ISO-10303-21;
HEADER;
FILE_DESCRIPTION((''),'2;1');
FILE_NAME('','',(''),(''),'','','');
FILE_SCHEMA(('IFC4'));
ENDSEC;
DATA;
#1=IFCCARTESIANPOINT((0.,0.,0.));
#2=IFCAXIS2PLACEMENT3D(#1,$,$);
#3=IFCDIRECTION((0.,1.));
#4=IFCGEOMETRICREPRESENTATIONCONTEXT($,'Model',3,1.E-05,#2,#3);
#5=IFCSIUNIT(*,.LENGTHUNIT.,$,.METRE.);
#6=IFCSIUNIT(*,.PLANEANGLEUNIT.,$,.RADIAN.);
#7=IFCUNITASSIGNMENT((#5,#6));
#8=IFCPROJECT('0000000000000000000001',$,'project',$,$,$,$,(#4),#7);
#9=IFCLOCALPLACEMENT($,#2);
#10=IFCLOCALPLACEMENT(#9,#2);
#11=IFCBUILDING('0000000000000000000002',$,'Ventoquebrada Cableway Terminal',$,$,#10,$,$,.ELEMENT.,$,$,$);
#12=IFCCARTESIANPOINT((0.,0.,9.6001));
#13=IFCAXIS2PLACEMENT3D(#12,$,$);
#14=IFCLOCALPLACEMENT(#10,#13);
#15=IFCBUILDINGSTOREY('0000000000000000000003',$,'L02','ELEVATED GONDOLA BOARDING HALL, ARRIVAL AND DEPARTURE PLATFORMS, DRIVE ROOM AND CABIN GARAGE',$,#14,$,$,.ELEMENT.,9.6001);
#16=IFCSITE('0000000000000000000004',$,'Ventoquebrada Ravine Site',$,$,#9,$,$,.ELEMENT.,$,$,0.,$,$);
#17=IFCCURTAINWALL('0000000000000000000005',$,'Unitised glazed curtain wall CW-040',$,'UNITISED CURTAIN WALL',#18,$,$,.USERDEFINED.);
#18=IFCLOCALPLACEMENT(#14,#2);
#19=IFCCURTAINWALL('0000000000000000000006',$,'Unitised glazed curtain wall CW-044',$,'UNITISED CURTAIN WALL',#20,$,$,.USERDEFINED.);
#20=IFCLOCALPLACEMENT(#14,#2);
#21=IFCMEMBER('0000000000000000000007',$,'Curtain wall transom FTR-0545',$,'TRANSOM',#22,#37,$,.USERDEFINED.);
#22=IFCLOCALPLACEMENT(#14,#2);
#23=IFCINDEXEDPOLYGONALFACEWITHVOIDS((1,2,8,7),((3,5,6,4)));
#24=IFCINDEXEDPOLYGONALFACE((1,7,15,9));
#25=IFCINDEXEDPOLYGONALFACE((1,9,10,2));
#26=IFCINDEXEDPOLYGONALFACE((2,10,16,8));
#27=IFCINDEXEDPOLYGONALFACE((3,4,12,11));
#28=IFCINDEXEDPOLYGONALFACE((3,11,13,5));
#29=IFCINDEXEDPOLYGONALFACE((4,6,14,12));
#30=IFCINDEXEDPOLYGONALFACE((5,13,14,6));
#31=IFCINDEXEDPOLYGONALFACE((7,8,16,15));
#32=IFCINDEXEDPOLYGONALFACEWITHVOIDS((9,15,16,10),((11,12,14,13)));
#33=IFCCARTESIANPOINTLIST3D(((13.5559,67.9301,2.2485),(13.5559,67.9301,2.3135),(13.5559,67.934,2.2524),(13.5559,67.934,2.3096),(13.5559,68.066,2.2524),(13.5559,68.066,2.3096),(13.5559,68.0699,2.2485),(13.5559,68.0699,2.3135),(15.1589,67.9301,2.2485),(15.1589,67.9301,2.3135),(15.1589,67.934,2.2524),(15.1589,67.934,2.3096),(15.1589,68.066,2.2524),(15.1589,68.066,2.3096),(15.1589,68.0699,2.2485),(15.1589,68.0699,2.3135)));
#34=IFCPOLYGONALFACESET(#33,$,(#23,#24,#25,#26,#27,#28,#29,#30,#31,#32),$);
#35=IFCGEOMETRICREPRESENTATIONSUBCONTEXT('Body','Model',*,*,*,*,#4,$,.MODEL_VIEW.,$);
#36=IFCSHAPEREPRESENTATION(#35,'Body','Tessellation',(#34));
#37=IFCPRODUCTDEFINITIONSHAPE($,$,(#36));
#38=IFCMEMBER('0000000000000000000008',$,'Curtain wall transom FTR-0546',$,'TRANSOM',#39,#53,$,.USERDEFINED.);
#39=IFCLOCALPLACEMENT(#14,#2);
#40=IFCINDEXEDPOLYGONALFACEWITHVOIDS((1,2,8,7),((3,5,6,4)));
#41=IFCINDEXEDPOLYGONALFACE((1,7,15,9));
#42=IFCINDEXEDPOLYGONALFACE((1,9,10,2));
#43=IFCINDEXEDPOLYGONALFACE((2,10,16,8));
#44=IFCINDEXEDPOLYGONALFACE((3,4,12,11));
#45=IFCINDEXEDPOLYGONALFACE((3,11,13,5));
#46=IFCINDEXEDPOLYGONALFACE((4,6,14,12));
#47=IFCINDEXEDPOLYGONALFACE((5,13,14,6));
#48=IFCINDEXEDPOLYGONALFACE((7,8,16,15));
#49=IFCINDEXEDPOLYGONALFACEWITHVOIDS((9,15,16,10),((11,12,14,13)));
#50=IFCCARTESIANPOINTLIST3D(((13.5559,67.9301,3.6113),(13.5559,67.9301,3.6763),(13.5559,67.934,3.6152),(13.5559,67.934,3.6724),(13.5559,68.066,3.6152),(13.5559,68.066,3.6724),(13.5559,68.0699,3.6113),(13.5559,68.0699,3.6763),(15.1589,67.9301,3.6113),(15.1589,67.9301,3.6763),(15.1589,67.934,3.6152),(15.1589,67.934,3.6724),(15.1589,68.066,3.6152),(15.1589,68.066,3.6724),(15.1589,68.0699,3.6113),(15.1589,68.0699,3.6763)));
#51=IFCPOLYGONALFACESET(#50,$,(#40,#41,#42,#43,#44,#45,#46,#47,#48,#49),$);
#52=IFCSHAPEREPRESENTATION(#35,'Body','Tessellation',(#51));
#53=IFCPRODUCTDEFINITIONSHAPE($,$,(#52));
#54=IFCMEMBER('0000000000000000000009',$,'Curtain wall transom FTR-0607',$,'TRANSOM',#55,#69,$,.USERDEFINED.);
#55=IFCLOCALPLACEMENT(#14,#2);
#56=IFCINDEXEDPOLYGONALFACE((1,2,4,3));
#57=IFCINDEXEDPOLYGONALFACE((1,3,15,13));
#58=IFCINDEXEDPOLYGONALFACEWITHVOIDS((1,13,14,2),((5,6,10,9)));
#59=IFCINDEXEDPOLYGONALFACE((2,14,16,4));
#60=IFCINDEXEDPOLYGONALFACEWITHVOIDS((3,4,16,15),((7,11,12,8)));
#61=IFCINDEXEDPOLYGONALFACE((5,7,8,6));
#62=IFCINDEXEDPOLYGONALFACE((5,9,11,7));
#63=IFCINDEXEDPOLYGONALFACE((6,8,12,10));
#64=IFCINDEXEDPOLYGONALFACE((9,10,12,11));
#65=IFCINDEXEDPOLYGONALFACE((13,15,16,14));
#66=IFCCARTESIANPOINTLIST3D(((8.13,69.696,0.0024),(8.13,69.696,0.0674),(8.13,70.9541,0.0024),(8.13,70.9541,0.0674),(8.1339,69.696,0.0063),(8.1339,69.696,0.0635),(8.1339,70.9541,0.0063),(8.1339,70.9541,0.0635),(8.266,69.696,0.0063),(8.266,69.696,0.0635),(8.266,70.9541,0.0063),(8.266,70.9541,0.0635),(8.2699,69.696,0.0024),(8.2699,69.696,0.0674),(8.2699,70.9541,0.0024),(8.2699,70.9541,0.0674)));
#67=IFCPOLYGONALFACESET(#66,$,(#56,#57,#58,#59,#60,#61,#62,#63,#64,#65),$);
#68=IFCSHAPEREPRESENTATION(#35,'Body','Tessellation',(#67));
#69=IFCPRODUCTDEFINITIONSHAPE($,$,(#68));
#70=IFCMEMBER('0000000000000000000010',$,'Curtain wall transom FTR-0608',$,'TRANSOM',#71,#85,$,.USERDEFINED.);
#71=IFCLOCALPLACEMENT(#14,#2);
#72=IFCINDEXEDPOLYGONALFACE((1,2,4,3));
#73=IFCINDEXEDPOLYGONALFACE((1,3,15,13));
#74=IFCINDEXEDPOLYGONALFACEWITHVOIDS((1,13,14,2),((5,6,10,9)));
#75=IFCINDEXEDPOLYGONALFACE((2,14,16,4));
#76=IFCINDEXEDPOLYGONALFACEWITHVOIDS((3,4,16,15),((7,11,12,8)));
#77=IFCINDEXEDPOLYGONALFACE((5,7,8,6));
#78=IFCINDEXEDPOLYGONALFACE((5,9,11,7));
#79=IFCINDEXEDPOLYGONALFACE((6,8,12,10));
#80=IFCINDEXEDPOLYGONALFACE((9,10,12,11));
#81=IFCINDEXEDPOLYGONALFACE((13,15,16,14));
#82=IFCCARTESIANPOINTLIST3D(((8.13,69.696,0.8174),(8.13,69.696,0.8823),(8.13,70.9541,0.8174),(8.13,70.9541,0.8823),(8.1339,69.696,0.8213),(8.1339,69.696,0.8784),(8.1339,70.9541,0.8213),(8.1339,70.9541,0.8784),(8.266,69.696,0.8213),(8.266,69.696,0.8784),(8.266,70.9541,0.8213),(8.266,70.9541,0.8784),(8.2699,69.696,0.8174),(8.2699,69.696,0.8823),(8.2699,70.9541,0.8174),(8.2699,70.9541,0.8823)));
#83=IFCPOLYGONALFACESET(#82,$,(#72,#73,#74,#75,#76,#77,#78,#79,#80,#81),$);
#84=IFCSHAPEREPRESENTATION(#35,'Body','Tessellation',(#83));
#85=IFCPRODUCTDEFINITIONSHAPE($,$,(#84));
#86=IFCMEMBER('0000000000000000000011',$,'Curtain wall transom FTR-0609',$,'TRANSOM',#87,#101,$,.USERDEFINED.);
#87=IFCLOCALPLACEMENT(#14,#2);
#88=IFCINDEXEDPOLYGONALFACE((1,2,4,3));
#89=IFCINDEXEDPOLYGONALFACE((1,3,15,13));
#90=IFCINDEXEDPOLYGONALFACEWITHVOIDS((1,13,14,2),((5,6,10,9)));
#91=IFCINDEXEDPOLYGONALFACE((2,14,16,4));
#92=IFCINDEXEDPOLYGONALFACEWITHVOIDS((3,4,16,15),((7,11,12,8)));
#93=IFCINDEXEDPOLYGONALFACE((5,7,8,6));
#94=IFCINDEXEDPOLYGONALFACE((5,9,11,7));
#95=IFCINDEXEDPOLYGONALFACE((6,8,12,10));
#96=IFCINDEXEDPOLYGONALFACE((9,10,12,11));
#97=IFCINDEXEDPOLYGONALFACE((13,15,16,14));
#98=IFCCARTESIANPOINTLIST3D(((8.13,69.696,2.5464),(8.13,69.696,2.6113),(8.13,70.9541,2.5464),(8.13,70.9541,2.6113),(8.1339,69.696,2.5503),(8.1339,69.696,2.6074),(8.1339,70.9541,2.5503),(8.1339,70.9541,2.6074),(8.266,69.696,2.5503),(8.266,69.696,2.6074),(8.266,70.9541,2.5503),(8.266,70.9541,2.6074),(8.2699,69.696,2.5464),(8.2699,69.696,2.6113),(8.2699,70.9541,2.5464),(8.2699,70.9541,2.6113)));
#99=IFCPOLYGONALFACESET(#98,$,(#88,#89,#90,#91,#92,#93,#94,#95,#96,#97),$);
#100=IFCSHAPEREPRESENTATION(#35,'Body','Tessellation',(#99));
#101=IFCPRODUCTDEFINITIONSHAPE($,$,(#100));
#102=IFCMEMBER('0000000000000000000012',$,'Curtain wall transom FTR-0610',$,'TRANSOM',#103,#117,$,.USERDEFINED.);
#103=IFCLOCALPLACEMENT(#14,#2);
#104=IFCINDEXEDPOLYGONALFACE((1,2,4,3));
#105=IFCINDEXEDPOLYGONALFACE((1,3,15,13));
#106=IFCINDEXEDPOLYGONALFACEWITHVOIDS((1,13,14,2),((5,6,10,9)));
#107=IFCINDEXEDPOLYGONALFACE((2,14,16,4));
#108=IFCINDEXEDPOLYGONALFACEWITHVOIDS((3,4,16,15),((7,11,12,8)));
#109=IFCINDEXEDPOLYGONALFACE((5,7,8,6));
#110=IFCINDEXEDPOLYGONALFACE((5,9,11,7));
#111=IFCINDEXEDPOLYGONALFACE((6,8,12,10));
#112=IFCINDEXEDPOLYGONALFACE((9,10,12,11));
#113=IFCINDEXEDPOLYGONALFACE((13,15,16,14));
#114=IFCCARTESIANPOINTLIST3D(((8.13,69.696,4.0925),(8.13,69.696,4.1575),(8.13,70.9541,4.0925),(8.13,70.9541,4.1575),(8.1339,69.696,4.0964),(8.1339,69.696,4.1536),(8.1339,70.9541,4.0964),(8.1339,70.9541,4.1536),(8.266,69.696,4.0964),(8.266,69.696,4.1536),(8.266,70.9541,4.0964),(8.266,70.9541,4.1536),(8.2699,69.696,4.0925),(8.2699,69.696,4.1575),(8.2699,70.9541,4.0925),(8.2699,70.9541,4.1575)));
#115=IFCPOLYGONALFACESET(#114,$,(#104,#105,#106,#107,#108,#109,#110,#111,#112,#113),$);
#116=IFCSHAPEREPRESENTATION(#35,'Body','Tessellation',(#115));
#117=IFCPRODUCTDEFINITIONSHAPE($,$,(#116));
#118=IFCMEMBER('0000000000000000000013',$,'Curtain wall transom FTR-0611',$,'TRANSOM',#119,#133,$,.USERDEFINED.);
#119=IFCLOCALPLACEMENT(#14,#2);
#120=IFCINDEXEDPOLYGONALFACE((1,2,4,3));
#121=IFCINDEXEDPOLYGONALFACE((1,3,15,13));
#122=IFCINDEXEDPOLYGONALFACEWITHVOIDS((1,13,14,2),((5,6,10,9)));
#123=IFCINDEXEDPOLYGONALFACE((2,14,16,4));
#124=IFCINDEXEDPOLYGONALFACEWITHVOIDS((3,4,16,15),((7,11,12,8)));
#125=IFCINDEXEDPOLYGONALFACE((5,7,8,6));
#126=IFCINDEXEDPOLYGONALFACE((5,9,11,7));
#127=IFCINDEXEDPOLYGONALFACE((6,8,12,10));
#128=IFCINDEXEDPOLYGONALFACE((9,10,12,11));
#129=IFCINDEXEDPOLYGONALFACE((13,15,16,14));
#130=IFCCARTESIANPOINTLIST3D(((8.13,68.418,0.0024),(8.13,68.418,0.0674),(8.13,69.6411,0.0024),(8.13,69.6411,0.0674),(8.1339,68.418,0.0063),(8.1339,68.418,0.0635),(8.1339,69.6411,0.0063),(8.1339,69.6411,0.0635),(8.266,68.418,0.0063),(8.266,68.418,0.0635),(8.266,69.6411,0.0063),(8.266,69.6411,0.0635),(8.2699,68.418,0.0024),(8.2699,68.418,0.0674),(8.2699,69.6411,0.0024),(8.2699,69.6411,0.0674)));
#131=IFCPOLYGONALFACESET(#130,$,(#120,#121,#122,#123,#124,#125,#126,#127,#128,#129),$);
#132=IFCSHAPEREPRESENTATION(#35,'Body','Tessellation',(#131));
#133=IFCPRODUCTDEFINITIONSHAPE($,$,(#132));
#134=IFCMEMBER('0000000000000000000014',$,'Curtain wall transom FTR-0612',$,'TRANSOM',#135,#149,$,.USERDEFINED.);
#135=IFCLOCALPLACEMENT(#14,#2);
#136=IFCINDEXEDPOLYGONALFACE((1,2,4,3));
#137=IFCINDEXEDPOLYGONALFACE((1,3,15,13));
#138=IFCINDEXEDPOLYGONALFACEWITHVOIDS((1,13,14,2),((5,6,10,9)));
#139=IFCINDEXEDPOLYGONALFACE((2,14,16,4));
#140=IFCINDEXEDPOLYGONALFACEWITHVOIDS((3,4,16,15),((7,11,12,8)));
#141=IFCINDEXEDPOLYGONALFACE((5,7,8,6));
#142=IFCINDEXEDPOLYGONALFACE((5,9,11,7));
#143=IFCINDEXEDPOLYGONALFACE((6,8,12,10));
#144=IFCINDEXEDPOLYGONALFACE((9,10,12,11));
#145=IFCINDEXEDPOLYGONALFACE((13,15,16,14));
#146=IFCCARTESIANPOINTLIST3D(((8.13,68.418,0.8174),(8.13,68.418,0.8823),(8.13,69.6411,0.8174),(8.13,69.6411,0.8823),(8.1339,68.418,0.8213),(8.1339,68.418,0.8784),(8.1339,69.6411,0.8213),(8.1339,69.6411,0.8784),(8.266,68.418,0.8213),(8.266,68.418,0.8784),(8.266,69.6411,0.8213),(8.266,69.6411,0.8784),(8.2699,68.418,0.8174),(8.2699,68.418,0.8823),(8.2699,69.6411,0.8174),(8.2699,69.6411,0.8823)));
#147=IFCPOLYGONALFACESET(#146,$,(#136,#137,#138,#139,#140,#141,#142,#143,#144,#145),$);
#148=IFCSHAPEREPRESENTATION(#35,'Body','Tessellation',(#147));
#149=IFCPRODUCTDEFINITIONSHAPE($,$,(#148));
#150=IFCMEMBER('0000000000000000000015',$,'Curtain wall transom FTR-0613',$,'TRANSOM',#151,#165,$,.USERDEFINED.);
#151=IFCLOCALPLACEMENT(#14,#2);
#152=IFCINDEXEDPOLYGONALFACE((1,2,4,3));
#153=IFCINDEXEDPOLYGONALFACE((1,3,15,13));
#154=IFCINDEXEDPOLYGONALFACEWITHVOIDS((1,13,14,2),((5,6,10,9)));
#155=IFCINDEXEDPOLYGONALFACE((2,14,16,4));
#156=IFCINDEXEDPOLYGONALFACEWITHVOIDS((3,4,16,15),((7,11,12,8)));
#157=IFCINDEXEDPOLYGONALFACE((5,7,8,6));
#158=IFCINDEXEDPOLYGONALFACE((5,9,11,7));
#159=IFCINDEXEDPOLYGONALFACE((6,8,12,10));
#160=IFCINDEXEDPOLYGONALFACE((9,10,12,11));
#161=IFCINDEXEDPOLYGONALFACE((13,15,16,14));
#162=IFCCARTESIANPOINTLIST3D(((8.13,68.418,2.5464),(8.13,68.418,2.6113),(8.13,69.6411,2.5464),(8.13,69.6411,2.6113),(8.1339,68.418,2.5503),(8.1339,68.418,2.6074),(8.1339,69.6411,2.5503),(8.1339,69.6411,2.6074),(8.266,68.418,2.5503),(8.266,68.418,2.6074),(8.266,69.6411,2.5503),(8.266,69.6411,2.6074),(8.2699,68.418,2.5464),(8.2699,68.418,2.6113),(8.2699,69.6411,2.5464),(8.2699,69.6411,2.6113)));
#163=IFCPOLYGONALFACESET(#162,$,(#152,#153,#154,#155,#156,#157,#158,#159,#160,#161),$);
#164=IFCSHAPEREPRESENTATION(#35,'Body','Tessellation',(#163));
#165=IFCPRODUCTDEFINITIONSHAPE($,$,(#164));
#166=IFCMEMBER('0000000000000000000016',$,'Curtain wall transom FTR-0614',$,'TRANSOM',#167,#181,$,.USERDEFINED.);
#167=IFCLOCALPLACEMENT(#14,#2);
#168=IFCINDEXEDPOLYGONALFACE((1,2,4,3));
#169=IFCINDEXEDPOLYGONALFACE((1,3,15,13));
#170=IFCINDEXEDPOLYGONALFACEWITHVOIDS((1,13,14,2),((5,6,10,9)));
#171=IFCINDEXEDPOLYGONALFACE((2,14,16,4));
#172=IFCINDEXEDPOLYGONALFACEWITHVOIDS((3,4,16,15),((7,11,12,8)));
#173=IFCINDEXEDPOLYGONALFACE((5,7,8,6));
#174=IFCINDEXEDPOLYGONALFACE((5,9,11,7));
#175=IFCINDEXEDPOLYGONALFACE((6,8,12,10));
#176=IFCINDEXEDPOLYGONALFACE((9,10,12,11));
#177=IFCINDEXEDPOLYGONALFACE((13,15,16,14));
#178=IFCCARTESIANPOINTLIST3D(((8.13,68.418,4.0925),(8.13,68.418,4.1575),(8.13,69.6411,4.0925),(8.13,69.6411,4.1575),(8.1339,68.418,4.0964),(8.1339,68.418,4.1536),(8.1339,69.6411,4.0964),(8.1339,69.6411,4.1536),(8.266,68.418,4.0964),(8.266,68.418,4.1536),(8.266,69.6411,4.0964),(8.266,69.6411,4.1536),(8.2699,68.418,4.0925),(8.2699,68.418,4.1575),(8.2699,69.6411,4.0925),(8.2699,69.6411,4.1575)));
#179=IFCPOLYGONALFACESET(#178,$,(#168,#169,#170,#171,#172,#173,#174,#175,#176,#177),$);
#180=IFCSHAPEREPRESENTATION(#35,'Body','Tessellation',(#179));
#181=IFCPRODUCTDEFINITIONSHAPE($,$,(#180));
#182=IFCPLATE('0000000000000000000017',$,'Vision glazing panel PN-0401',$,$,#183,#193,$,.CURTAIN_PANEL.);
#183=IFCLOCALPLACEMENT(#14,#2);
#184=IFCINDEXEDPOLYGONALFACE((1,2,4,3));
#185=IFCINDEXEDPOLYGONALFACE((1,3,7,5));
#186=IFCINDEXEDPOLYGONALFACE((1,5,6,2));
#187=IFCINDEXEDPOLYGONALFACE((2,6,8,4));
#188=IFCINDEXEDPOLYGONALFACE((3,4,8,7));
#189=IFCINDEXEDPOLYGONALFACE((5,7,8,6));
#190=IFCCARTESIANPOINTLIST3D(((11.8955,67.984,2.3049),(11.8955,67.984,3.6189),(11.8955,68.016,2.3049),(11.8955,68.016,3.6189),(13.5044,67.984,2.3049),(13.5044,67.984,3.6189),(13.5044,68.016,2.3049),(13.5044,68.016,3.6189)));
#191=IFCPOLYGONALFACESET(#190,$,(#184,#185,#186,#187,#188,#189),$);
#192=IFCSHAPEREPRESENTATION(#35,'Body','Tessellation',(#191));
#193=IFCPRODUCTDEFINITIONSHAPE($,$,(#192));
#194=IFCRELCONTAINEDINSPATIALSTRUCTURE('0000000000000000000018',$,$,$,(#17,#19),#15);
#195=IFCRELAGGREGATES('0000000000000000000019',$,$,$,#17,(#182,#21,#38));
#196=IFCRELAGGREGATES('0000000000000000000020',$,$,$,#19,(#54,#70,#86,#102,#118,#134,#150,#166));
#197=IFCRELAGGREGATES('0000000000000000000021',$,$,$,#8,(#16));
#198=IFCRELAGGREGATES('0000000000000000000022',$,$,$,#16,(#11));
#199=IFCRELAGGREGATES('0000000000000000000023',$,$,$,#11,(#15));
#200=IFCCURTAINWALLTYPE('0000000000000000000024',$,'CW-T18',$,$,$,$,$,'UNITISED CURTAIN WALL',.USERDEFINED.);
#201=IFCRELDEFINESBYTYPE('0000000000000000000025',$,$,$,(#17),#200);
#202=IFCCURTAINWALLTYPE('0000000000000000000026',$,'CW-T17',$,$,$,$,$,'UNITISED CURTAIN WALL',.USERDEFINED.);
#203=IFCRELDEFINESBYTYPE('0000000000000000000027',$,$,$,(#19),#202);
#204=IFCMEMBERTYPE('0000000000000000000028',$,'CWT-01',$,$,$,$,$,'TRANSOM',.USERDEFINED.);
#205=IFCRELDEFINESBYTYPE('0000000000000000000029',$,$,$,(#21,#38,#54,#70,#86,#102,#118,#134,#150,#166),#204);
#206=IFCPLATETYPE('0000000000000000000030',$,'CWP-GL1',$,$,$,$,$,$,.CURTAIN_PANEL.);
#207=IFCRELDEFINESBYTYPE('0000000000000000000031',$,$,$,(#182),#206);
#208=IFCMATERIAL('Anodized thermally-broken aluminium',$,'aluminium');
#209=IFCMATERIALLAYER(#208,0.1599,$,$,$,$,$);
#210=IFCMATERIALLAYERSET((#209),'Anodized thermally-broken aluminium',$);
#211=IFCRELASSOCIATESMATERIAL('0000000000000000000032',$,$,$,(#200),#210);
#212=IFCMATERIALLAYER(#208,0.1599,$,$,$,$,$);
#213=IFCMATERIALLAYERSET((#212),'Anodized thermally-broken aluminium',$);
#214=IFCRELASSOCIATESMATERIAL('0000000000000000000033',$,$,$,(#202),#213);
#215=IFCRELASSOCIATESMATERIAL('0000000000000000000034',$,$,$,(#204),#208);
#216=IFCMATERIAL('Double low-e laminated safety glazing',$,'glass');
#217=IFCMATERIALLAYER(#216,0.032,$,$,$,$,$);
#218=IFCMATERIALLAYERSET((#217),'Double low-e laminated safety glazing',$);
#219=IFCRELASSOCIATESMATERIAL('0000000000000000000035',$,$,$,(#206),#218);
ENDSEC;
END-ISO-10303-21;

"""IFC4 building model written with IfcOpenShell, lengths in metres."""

from ifc_helpers import new_model, si_unit, direction, frame, origin, origin_2d, place, context, subcontext, project, spatial, rectangle, hollow_rectangle, extrude, material, layer, layer_set, material_profile, profile_set, type_object, element, aggregate, save


model = new_model("IFC4")

# Units and contexts
model_context = context("Model", 3, precision=1e-05, world=origin(), true_north=direction((0.0, 1.0)))
body_context = subcontext(model_context, "Body", "Model", "MODEL_VIEW")
ifc_project = project(units=[si_unit("LENGTHUNIT", "METRE"), si_unit("PLANEANGLEUNIT", "RADIAN")], contexts=[model_context])

# Site, building, storey
site_placement = place(None, origin())
site = spatial("IfcSite", under=ifc_project, at=site_placement, Name="Ventoquebrada Ravine Site", CompositionType="ELEMENT", RefElevation=0.0)
building_placement = place(site_placement, origin())
building = spatial("IfcBuilding", under=site, at=building_placement, Name="Ventoquebrada Cableway Terminal", CompositionType="ELEMENT")
storey_placement = place(building_placement, frame((0.0, 0.0, 9.6001)))
storey = spatial("IfcBuildingStorey", under=building, at=storey_placement, Name="L02", Description="ELEVATED GONDOLA BOARDING HALL, ARRIVAL AND DEPARTURE PLATFORMS, DRIVE ROOM AND CABIN GARAGE", CompositionType="ELEMENT", Elevation=9.6001)

# Curtain walls
ifc_material_1 = material(Name="Anodized thermally-broken aluminium", Category="aluminium")
ifc_layer_1 = layer(ifc_material_1, 0.1599)
ifc_layer_set_1 = layer_set([ifc_layer_1], Name="Anodized thermally-broken aluminium")
curtain_wall_type_1 = type_object("IfcCurtainWallType", Name="CW-T18", ElementType="UNITISED CURTAIN WALL", PredefinedType="USERDEFINED", material=ifc_layer_set_1)
curtain_wall_1_placement = place(storey_placement, origin())
curtain_wall_1 = element("IfcCurtainWall", 1, at=curtain_wall_1_placement, inside=storey, type_object=curtain_wall_type_1, Name="Unitised glazed curtain wall CW-040", ObjectType="UNITISED CURTAIN WALL", PredefinedType="USERDEFINED")
ifc_layer_2 = layer(ifc_material_1, 0.1599)
ifc_layer_set_2 = layer_set([ifc_layer_2], Name="Anodized thermally-broken aluminium")
curtain_wall_type_2 = type_object("IfcCurtainWallType", Name="CW-T17", ElementType="UNITISED CURTAIN WALL", PredefinedType="USERDEFINED", material=ifc_layer_set_2)
curtain_wall_2_placement = place(storey_placement, origin())
curtain_wall_2 = element("IfcCurtainWall", 2, at=curtain_wall_2_placement, inside=storey, type_object=curtain_wall_type_2, Name="Unitised glazed curtain wall CW-044", ObjectType="UNITISED CURTAIN WALL", PredefinedType="USERDEFINED")

# Members
ifc_material_profile_1 = material_profile(ifc_material_1, hollow_rectangle(XDim=0.0649, YDim=0.1399, WallThickness=0.0039, at=origin_2d()), Name="CW-TRN-65X140")
ifc_profile_set_1 = profile_set([ifc_material_profile_1], Name="Anodized thermally-broken aluminium")
member_type_1 = type_object("IfcMemberType", Name="CWT-01", ElementType="TRANSOM", PredefinedType="USERDEFINED", material=ifc_profile_set_1)
member_1_placement = place(storey_placement, frame((13.5559, 68.0, 2.281), z_axis=(1.0, 0.0, 0.0), x_axis=(0.0, 0.0, 1.0)))
member_1 = element("IfcMember", 3, at=member_1_placement, type_object=member_type_1, Name="Curtain wall transom FTR-0545", ObjectType="TRANSOM", PredefinedType="USERDEFINED", context=body_context, shape_type="SweptSolid", body=[
    extrude(hollow_rectangle(XDim=0.0649, YDim=0.1399, WallThickness=0.0039, at=origin_2d()), origin(), (0.0, 0.0, 1.0), 1.603),
])
member_2_placement = place(storey_placement, frame((13.5559, 68.0, 3.6438), z_axis=(1.0, 0.0, 0.0), x_axis=(0.0, 0.0, 1.0)))
member_2 = element("IfcMember", 4, at=member_2_placement, type_object=member_type_1, Name="Curtain wall transom FTR-0546", ObjectType="TRANSOM", PredefinedType="USERDEFINED", context=body_context, shape_type="SweptSolid", body=[
    extrude(hollow_rectangle(XDim=0.0649, YDim=0.1399, WallThickness=0.0039, at=origin_2d()), origin(), (0.0, 0.0, 1.0), 1.603),
])
member_3_placement = place(storey_placement, frame((8.2, 70.9541, 0.0349), z_axis=(0.0, -1.0, 0.0), x_axis=(0.0, 0.0, 1.0)))
member_3 = element("IfcMember", 5, at=member_3_placement, type_object=member_type_1, Name="Curtain wall transom FTR-0607", ObjectType="TRANSOM", PredefinedType="USERDEFINED", context=body_context, shape_type="SweptSolid", body=[
    extrude(hollow_rectangle(XDim=0.0649, YDim=0.1399, WallThickness=0.0039, at=origin_2d()), origin(), (0.0, 0.0, 1.0), 1.2581),
])
member_4_placement = place(storey_placement, frame((8.2, 70.9541, 0.8499), z_axis=(0.0, -1.0, 0.0), x_axis=(0.0, 0.0, 1.0)))
member_4 = element("IfcMember", 6, at=member_4_placement, type_object=member_type_1, Name="Curtain wall transom FTR-0608", ObjectType="TRANSOM", PredefinedType="USERDEFINED", context=body_context, shape_type="SweptSolid", body=[
    extrude(hollow_rectangle(XDim=0.0649, YDim=0.1399, WallThickness=0.0039, at=origin_2d()), origin(), (0.0, 0.0, 1.0), 1.2581),
])
member_5_placement = place(storey_placement, frame((8.2, 70.9541, 2.5789), z_axis=(0.0, -1.0, 0.0), x_axis=(0.0, 0.0, 1.0)))
member_5 = element("IfcMember", 7, at=member_5_placement, type_object=member_type_1, Name="Curtain wall transom FTR-0609", ObjectType="TRANSOM", PredefinedType="USERDEFINED", context=body_context, shape_type="SweptSolid", body=[
    extrude(hollow_rectangle(XDim=0.0649, YDim=0.1399, WallThickness=0.0039, at=origin_2d()), origin(), (0.0, 0.0, 1.0), 1.2581),
])
member_6_placement = place(storey_placement, frame((8.2, 70.9541, 4.125), z_axis=(0.0, -1.0, 0.0), x_axis=(0.0, 0.0, 1.0)))
member_6 = element("IfcMember", 8, at=member_6_placement, type_object=member_type_1, Name="Curtain wall transom FTR-0610", ObjectType="TRANSOM", PredefinedType="USERDEFINED", context=body_context, shape_type="SweptSolid", body=[
    extrude(hollow_rectangle(XDim=0.0649, YDim=0.1399, WallThickness=0.0039, at=origin_2d()), origin(), (0.0, 0.0, 1.0), 1.2581),
])
member_7_placement = place(storey_placement, frame((8.2, 69.6411, 0.0349), z_axis=(0.0, -1.0, 0.0), x_axis=(0.0, 0.0, 1.0)))
member_7 = element("IfcMember", 9, at=member_7_placement, type_object=member_type_1, Name="Curtain wall transom FTR-0611", ObjectType="TRANSOM", PredefinedType="USERDEFINED", context=body_context, shape_type="SweptSolid", body=[
    extrude(hollow_rectangle(XDim=0.0649, YDim=0.1399, WallThickness=0.0039, at=origin_2d()), origin(), (0.0, 0.0, 1.0), 1.2231),
])
member_8_placement = place(storey_placement, frame((8.2, 69.6411, 0.8499), z_axis=(0.0, -1.0, 0.0), x_axis=(0.0, 0.0, 1.0)))
member_8 = element("IfcMember", 10, at=member_8_placement, type_object=member_type_1, Name="Curtain wall transom FTR-0612", ObjectType="TRANSOM", PredefinedType="USERDEFINED", context=body_context, shape_type="SweptSolid", body=[
    extrude(hollow_rectangle(XDim=0.0649, YDim=0.1399, WallThickness=0.0039, at=origin_2d()), origin(), (0.0, 0.0, 1.0), 1.2231),
])
member_9_placement = place(storey_placement, frame((8.2, 69.6411, 2.5789), z_axis=(0.0, -1.0, 0.0), x_axis=(0.0, 0.0, 1.0)))
member_9 = element("IfcMember", 11, at=member_9_placement, type_object=member_type_1, Name="Curtain wall transom FTR-0613", ObjectType="TRANSOM", PredefinedType="USERDEFINED", context=body_context, shape_type="SweptSolid", body=[
    extrude(hollow_rectangle(XDim=0.0649, YDim=0.1399, WallThickness=0.0039, at=origin_2d()), origin(), (0.0, 0.0, 1.0), 1.2231),
])
member_10_placement = place(storey_placement, frame((8.2, 69.6411, 4.125), z_axis=(0.0, -1.0, 0.0), x_axis=(0.0, 0.0, 1.0)))
member_10 = element("IfcMember", 12, at=member_10_placement, type_object=member_type_1, Name="Curtain wall transom FTR-0614", ObjectType="TRANSOM", PredefinedType="USERDEFINED", context=body_context, shape_type="SweptSolid", body=[
    extrude(hollow_rectangle(XDim=0.0649, YDim=0.1399, WallThickness=0.0039, at=origin_2d()), origin(), (0.0, 0.0, 1.0), 1.2231),
])

# Plate
ifc_material_2 = material(Name="Double low-e laminated safety glazing", Category="glass")
ifc_layer_3 = layer(ifc_material_2, 0.032)
ifc_layer_set_3 = layer_set([ifc_layer_3], Name="Double low-e laminated safety glazing")
plate_type_1 = type_object("IfcPlateType", Name="CWP-GL1", PredefinedType="CURTAIN_PANEL", material=ifc_layer_set_3)
plate_1_placement = place(storey_placement, frame((12.7, 68.0, 2.3049), z_axis=(0.0, 0.0, 1.0), x_axis=(1.0, 0.0, 0.0)))
plate_1 = element("IfcPlate", 13, at=plate_1_placement, type_object=plate_type_1, Name="Vision glazing panel PN-0401", PredefinedType="CURTAIN_PANEL", context=body_context, shape_type="SweptSolid", body=[
    extrude(rectangle(XDim=1.6089, YDim=0.032, at=origin_2d()), origin(), (0.0, 0.0, 1.0), 1.314),
])
aggregate(curtain_wall_1, [plate_1, member_1, member_2])
aggregate(curtain_wall_2, [member_3, member_4, member_5, member_6, member_7, member_8, member_9, member_10])

save(model, "model.ifc")
